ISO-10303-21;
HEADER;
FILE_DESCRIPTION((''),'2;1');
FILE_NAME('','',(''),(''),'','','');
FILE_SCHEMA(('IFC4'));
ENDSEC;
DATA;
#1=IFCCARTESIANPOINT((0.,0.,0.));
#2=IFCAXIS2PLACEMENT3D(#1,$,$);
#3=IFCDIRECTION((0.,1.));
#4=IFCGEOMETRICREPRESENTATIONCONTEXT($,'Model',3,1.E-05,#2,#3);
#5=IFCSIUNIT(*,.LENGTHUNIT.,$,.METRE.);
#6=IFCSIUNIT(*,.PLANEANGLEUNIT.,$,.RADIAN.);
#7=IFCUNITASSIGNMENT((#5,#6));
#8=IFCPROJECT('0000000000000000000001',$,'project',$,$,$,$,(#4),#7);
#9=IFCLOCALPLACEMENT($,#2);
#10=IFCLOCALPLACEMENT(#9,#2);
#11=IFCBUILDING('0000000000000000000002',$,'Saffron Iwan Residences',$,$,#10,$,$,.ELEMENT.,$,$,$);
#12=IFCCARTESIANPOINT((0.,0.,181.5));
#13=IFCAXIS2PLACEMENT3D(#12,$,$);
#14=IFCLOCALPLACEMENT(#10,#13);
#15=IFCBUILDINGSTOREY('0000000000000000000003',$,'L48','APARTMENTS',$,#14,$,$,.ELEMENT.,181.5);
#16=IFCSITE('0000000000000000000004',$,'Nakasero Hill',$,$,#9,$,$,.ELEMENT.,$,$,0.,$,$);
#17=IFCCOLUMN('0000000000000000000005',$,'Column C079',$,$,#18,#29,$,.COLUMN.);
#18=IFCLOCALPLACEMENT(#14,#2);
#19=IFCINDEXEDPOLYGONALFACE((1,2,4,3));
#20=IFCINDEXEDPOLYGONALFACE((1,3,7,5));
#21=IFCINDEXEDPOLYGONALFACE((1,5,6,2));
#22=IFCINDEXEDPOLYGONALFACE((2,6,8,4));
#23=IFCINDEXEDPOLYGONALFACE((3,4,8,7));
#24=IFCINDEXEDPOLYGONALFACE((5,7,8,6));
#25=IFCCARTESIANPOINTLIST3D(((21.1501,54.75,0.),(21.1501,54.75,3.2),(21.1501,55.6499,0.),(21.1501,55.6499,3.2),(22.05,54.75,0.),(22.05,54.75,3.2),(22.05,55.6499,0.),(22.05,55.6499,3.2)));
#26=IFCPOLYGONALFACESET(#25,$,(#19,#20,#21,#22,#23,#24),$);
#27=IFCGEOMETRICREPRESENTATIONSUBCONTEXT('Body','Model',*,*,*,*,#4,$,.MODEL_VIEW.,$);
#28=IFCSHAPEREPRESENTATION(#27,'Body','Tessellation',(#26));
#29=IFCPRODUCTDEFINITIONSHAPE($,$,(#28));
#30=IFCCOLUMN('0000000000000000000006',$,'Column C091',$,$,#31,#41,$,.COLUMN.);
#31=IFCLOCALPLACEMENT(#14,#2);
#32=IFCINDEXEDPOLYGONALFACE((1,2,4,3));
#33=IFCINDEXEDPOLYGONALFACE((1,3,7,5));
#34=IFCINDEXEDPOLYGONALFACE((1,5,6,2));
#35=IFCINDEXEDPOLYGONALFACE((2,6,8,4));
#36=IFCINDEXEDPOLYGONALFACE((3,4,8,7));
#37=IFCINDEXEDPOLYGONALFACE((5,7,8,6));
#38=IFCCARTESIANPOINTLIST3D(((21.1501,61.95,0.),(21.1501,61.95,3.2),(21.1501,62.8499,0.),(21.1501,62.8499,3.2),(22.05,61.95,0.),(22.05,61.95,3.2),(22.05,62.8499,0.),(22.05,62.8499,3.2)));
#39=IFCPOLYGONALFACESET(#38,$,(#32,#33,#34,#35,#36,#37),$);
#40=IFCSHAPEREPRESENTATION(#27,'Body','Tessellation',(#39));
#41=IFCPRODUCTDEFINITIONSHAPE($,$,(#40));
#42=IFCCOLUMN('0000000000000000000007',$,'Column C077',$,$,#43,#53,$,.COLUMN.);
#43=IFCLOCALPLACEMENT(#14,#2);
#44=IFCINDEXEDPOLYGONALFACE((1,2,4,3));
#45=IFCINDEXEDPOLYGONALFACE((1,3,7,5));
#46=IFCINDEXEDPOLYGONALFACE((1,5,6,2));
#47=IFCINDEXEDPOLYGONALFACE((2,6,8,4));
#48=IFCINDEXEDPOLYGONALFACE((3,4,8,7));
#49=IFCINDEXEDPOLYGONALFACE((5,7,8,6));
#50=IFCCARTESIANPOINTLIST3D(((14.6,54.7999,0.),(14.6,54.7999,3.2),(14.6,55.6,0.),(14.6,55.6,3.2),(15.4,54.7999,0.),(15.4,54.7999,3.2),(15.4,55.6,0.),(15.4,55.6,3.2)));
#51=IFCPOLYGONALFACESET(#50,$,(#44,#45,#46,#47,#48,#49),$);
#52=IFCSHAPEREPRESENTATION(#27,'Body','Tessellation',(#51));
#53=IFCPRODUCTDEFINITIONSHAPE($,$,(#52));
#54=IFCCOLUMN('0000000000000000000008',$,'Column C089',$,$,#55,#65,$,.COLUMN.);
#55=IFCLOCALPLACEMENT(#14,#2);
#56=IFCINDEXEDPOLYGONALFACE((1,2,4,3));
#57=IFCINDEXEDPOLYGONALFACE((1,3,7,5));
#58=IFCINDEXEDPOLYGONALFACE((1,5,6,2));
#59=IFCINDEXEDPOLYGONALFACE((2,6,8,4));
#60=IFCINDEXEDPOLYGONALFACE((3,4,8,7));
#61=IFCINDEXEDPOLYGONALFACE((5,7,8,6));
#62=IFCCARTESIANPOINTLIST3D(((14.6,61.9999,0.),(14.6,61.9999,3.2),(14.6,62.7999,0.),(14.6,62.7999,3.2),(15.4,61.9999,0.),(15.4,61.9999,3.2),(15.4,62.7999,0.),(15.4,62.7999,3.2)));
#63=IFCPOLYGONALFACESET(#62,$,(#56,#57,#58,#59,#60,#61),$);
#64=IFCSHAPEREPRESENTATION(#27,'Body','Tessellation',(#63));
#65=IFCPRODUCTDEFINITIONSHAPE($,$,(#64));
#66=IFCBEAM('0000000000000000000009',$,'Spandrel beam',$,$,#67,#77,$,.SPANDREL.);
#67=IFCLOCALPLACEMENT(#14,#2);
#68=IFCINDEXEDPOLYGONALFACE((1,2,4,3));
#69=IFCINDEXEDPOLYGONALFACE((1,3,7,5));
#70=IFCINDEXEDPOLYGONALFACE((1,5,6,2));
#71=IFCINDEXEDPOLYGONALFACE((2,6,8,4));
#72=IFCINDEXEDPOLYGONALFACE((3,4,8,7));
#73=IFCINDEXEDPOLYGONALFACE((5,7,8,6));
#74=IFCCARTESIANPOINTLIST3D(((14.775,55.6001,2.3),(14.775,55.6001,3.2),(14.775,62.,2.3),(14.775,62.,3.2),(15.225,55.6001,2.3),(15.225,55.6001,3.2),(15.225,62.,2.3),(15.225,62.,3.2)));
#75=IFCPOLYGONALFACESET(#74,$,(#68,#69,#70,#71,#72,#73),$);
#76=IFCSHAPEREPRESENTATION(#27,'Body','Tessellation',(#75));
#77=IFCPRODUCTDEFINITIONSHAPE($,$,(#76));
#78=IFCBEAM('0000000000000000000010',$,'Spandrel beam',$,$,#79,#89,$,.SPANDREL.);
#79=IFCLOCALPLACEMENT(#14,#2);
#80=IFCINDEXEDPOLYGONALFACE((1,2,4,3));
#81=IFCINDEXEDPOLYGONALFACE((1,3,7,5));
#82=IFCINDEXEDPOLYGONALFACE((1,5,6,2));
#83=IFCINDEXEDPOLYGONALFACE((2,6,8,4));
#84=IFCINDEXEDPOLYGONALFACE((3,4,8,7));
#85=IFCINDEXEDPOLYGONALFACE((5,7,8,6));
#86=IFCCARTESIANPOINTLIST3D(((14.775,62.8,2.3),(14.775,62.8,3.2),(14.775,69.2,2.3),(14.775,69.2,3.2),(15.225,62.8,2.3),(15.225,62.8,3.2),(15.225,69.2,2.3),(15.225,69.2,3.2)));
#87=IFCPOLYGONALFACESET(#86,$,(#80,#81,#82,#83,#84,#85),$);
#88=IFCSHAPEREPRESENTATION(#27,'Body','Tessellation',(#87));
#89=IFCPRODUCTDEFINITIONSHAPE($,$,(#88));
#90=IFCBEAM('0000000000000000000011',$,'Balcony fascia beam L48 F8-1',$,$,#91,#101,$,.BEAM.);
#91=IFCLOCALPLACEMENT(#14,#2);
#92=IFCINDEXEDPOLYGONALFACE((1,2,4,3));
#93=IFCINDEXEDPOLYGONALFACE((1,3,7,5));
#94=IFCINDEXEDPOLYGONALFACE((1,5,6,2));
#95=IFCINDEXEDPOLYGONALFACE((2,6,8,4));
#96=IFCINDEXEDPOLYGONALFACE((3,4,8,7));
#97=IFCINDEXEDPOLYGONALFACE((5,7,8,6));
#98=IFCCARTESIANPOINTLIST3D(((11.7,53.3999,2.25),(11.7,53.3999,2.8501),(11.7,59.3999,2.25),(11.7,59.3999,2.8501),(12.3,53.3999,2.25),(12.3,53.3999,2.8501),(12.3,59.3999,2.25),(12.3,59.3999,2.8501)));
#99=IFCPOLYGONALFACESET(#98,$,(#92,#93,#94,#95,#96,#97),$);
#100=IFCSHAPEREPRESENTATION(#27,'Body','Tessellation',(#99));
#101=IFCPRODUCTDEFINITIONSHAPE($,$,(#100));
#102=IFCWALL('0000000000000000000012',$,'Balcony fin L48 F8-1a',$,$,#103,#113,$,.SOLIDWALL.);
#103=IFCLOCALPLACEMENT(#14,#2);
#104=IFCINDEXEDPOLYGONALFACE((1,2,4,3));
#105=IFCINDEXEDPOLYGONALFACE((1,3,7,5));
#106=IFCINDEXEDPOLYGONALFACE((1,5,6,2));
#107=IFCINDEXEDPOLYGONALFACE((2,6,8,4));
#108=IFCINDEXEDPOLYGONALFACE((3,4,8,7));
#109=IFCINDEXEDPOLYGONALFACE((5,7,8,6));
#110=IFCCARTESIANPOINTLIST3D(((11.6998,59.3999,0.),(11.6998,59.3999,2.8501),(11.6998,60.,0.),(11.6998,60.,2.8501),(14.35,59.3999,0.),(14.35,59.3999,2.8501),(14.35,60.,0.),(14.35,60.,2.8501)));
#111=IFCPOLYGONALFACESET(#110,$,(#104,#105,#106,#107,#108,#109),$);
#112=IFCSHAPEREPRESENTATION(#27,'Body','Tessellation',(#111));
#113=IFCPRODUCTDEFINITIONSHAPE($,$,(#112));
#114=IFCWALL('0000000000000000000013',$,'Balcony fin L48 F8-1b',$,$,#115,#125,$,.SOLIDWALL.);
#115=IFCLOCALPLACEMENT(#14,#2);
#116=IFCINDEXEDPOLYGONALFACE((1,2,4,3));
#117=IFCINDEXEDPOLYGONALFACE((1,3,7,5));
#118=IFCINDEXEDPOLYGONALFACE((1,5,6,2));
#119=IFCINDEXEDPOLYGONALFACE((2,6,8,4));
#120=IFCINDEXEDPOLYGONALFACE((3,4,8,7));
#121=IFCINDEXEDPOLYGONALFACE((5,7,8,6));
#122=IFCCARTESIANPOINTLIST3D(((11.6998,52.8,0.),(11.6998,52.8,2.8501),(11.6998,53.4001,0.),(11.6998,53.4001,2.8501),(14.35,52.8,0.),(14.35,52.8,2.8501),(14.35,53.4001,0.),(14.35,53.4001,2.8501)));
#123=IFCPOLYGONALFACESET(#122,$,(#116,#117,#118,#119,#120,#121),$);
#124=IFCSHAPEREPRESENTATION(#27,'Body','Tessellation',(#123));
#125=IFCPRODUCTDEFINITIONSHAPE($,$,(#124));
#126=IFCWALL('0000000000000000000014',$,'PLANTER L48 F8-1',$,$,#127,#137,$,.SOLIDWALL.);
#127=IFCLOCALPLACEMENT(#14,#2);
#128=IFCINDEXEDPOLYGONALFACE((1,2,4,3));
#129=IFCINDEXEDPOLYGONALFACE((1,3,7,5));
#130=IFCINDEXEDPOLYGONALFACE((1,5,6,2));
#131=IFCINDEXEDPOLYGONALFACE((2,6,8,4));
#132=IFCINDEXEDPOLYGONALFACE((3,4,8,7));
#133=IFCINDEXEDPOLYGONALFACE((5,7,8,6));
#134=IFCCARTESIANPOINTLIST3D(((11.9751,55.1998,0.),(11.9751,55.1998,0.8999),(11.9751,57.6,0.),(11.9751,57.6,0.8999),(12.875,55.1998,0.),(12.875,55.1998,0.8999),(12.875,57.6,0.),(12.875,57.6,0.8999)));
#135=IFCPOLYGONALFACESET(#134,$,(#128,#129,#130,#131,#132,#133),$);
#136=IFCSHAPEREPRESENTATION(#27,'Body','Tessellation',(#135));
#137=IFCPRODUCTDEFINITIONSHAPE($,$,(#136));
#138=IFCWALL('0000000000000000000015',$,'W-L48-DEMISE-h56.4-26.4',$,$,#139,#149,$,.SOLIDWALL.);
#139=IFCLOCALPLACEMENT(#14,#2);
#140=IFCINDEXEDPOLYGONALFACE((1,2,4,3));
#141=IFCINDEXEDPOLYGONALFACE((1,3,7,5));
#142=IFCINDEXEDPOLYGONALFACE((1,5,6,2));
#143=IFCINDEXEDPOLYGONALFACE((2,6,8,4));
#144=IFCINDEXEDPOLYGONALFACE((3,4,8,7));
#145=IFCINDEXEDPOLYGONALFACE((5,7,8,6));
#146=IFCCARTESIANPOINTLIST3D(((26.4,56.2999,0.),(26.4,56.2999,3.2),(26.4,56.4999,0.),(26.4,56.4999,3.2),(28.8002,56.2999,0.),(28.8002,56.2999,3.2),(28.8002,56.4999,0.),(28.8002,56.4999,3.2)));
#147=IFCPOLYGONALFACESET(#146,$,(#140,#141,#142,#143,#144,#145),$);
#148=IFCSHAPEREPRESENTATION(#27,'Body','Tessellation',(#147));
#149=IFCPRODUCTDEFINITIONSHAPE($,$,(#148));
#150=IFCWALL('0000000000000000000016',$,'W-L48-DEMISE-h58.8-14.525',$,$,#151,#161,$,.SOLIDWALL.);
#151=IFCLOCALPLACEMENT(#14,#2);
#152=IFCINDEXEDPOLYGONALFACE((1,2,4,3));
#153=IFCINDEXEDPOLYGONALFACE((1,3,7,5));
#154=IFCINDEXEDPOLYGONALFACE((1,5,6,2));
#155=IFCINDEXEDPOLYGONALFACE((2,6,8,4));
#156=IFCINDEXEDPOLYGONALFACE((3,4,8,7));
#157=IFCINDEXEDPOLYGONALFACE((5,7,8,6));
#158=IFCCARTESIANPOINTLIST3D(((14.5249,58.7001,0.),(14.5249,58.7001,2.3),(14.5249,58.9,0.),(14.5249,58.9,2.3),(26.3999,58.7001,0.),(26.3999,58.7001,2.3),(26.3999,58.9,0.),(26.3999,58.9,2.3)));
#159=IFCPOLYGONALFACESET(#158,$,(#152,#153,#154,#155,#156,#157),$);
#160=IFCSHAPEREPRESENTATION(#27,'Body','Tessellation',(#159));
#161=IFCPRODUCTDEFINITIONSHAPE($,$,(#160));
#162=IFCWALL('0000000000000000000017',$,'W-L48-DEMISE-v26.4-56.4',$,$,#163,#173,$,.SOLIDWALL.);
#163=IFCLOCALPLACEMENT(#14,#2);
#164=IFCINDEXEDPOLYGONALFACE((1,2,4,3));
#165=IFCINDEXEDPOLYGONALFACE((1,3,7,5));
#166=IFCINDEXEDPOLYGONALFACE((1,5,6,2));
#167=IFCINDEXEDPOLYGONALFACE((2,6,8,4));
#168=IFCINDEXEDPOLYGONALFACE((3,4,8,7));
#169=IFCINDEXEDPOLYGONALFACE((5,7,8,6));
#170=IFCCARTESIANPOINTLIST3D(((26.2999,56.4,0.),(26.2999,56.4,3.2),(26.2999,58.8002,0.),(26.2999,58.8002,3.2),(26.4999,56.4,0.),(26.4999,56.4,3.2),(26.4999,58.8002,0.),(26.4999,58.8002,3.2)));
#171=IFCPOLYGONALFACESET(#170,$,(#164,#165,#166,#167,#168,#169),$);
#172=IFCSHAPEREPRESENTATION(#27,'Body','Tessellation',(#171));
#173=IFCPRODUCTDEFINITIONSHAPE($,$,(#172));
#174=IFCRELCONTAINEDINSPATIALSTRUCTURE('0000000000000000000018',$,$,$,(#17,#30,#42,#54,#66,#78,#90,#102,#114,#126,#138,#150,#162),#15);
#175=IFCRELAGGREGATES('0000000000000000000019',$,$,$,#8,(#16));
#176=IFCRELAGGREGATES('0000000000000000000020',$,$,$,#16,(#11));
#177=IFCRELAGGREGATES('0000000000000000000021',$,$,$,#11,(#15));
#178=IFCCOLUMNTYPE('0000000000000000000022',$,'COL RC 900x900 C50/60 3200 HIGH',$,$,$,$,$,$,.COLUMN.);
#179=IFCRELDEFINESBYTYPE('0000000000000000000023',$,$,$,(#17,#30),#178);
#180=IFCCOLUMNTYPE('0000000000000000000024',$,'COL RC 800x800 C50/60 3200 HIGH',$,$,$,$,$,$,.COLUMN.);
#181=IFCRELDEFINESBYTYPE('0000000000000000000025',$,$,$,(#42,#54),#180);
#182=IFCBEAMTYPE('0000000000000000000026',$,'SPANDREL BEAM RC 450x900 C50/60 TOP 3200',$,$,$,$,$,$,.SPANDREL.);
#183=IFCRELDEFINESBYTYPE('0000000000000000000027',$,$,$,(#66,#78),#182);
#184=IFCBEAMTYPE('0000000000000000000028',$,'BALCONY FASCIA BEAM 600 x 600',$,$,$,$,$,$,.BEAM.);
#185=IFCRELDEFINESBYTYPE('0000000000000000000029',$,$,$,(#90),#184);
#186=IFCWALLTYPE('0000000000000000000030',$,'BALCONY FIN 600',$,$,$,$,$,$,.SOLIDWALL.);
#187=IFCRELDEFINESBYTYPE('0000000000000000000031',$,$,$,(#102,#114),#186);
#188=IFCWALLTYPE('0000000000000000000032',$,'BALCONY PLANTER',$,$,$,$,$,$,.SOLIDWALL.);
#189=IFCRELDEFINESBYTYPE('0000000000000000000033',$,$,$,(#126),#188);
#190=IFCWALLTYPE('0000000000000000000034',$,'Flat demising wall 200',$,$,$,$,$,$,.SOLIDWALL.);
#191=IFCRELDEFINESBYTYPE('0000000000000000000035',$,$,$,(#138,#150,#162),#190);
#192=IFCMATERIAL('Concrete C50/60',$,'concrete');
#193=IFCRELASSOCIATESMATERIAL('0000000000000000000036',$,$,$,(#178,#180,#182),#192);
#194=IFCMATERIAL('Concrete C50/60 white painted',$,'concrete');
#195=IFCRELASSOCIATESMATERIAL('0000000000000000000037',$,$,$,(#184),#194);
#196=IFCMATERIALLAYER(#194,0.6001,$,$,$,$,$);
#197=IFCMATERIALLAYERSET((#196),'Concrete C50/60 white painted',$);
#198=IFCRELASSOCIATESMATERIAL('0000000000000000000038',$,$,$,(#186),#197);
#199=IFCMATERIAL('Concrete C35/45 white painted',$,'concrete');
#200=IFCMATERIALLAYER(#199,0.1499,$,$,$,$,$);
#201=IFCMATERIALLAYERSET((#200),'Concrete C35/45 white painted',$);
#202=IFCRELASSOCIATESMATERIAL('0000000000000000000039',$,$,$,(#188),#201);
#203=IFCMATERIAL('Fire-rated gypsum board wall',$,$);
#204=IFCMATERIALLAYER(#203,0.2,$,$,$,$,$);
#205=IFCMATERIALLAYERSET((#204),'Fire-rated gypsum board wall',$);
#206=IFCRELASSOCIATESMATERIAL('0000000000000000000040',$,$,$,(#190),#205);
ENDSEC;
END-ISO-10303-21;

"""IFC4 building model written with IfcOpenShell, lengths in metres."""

from ifc_helpers import new_model, si_unit, direction, frame, frame_2d, origin, origin_2d, place, context, subcontext, project, spatial, rectangle, extrude, source, transform, mapped, material, layer, layer_set, material_profile, profile_set, type_object, element, save


model = new_model("IFC4")

# Units and contexts
model_context = context("Model", 3, precision=1e-05, world=origin(), true_north=direction((0.0, 1.0)))
body_context = subcontext(model_context, "Body", "Model", "MODEL_VIEW")
ifc_project = project(units=[si_unit("LENGTHUNIT", "METRE"), si_unit("PLANEANGLEUNIT", "RADIAN")], contexts=[model_context])

# Site, building, storey
site_placement = place(None, origin())
site = spatial("IfcSite", under=ifc_project, at=site_placement, Name="Nakasero Hill", CompositionType="ELEMENT", RefElevation=0.0)
building_placement = place(site_placement, origin())
building = spatial("IfcBuilding", under=site, at=building_placement, Name="Saffron Iwan Residences", CompositionType="ELEMENT")
storey_placement = place(building_placement, frame((0.0, 0.0, 181.5)))
storey = spatial("IfcBuildingStorey", under=building, at=storey_placement, Name="L48", Description="APARTMENTS", CompositionType="ELEMENT", Elevation=181.5)

# Columns
ifc_material_1 = material(Name="Concrete C50/60", Category="concrete")
ifc_material_profile_1 = material_profile(ifc_material_1, rectangle(XDim=0.8999, YDim=0.8999, at=origin_2d()), Name="RC 900x900")
ifc_profile_set_1 = profile_set([ifc_material_profile_1], Name="Concrete C50/60")
column_type_1 = type_object("IfcColumnType", Name="COL RC 900x900 C50/60 3200 HIGH", PredefinedType="COLUMN", material=ifc_profile_set_1)
shared_shape_1 = source(origin(), body_context, "Body", "SweptSolid", [
    extrude(rectangle(XDim=0.8999, YDim=0.8999, at=origin_2d()), origin(), (0.0, 0.0, 1.0), 3.2),
])
for number, where, z_axis, x_axis, name in (
    (1, (21.6001, 55.2, 0.0), (0.0, 0.0, 1.0), (1.0, 0.0, 0.0), "Column C079"),
    (2, (21.6001, 62.3999, 0.0), (0.0, 0.0, 1.0), (1.0, 0.0, 0.0), "Column C091"),
):
    element("IfcColumn", number, at=place(storey_placement, frame(where, z_axis=z_axis, x_axis=x_axis)), inside=storey, type_object=column_type_1, Name=name, PredefinedType="COLUMN", context=body_context, shape_type="MappedRepresentation", body=[
        mapped(shared_shape_1, transform((0.0, 0.0, 0.0))),
    ])
ifc_material_profile_2 = material_profile(ifc_material_1, rectangle(XDim=0.8, YDim=0.8, at=origin_2d()), Name="RC 800x800")
ifc_profile_set_2 = profile_set([ifc_material_profile_2], Name="Concrete C50/60")
column_type_2 = type_object("IfcColumnType", Name="COL RC 800x800 C50/60 3200 HIGH", PredefinedType="COLUMN", material=ifc_profile_set_2)
shared_shape_2 = source(origin(), body_context, "Body", "SweptSolid", [
    extrude(rectangle(XDim=0.8, YDim=0.8, at=origin_2d()), origin(), (0.0, 0.0, 1.0), 3.2),
])
for number, where, z_axis, x_axis, name in (
    (3, (15.0, 55.2, 0.0), (0.0, 0.0, 1.0), (1.0, 0.0, 0.0), "Column C077"),
    (4, (15.0, 62.3999, 0.0), (0.0, 0.0, 1.0), (1.0, 0.0, 0.0), "Column C089"),
):
    element("IfcColumn", number, at=place(storey_placement, frame(where, z_axis=z_axis, x_axis=x_axis)), inside=storey, type_object=column_type_2, Name=name, PredefinedType="COLUMN", context=body_context, shape_type="MappedRepresentation", body=[
        mapped(shared_shape_2, transform((0.0, 0.0, 0.0))),
    ])

# Beams
ifc_material_profile_3 = material_profile(ifc_material_1, rectangle(XDim=0.45, YDim=0.8999, at=origin_2d()), Name="RC 450x900")
ifc_profile_set_3 = profile_set([ifc_material_profile_3], Name="Concrete C50/60")
beam_type_1 = type_object("IfcBeamType", Name="SPANDREL BEAM RC 450x900 C50/60 TOP 3200", PredefinedType="SPANDREL", material=ifc_profile_set_3)
shared_shape_3 = source(origin(), body_context, "Body", "SweptSolid", [
    extrude(rectangle(XDim=0.45, YDim=0.8999, at=origin_2d()), origin(), (0.0, 0.0, 1.0), 6.3999),
])
for number, where, z_axis, x_axis, name in (
    (5, (15.0, 55.6001, 2.75), (0.0, 1.0, 0.0), (-1.0, 0.0, 0.0), "Spandrel beam"),
    (6, (15.0, 62.8, 2.75), (0.0, 1.0, 0.0), (-1.0, 0.0, 0.0), "Spandrel beam"),
):
    element("IfcBeam", number, at=place(storey_placement, frame(where, z_axis=z_axis, x_axis=x_axis)), inside=storey, type_object=beam_type_1, Name=name, PredefinedType="SPANDREL", context=body_context, shape_type="MappedRepresentation", body=[
        mapped(shared_shape_3, transform((0.0, 0.0, 0.0))),
    ])
ifc_material_2 = material(Name="Concrete C50/60 white painted", Category="concrete")
ifc_material_profile_4 = material_profile(ifc_material_2, rectangle(XDim=0.6001, YDim=0.6001, at=origin_2d()), Name="BALCONY FASCIA BEAM 600 x 600")
ifc_profile_set_4 = profile_set([ifc_material_profile_4], Name="Concrete C50/60 white painted")
beam_type_2 = type_object("IfcBeamType", Name="BALCONY FASCIA BEAM 600 x 600", PredefinedType="BEAM", material=ifc_profile_set_4)
shared_shape_4 = source(origin(), body_context, "Body", "SweptSolid", [
    extrude(rectangle(XDim=0.6001, YDim=0.6001, at=origin_2d()), origin(), (0.0, 0.0, 1.0), 6.0),
])
beam_placement = place(storey_placement, frame((12.0, 59.3999, 2.55), z_axis=(0.0, -1.0, 0.0), x_axis=(1.0, 0.0, 0.0)))
element("IfcBeam", 7, at=beam_placement, inside=storey, type_object=beam_type_2, Name="Balcony fascia beam L48 F8-1", PredefinedType="BEAM", context=body_context, shape_type="MappedRepresentation", body=[
    mapped(shared_shape_4, transform((0.0, 0.0, 0.0))),
])

# Walls
ifc_layer_1 = layer(ifc_material_2, 0.6001)
ifc_layer_set_1 = layer_set([ifc_layer_1], Name="Concrete C50/60 white painted")
wall_type_1 = type_object("IfcWallType", Name="BALCONY FIN 600", PredefinedType="SOLIDWALL", material=ifc_layer_set_1)
for number, where, z_axis, x_axis, name in (
    (8, (14.3501, 59.7, 0.0), (0.0, 0.0, 1.0), (-1.0, 0.0, 0.0), "Balcony fin L48 F8-1a"),
    (9, (14.3501, 53.1001, 0.0), (0.0, 0.0, 1.0), (-1.0, 0.0, 0.0), "Balcony fin L48 F8-1b"),
):
    element("IfcWall", number, at=place(storey_placement, frame(where, z_axis=z_axis, x_axis=x_axis)), inside=storey, type_object=wall_type_1, Name=name, PredefinedType="SOLIDWALL", context=body_context, shape_type="SweptSolid", body=[
        extrude(rectangle(XDim=2.6501, YDim=0.6001, at=frame_2d((1.3252, 0.0))), origin(), (0.0, 0.0, 1.0), 2.8501),
    ])
ifc_material_3 = material(Name="Concrete C35/45 white painted", Category="concrete")
ifc_layer_2 = layer(ifc_material_3, 0.1499)
ifc_layer_set_2 = layer_set([ifc_layer_2], Name="Concrete C35/45 white painted")
wall_type_2 = type_object("IfcWallType", Name="BALCONY PLANTER", PredefinedType="SOLIDWALL", material=ifc_layer_set_2)
wall_1_placement = place(storey_placement, frame((12.425, 57.6001, 0.0), z_axis=(0.0, 0.0, 1.0), x_axis=(0.0, -1.0, 0.0)))
element("IfcWall", 10, at=wall_1_placement, inside=storey, type_object=wall_type_2, Name="PLANTER L48 F8-1", PredefinedType="SOLIDWALL", context=body_context, shape_type="SweptSolid", body=[
    extrude(rectangle(XDim=2.4001, YDim=0.8999, at=frame_2d((1.2002, 0.0))), origin(), (0.0, 0.0, 1.0), 0.8999),
])
ifc_material_4 = material(Name="Fire-rated gypsum board wall")
ifc_layer_3 = layer(ifc_material_4, 0.2)
ifc_layer_set_3 = layer_set([ifc_layer_3], Name="Fire-rated gypsum board wall")
wall_type_3 = type_object("IfcWallType", Name="Flat demising wall 200", PredefinedType="SOLIDWALL", material=ifc_layer_set_3)
wall_2_placement = place(storey_placement, frame((26.3999, 56.3999, 0.0), z_axis=(0.0, 0.0, 1.0), x_axis=(1.0, 0.0, 0.0)))
element("IfcWall", 11, at=wall_2_placement, inside=storey, type_object=wall_type_3, Name="W-L48-DEMISE-h56.4-26.4", PredefinedType="SOLIDWALL", context=body_context, shape_type="SweptSolid", body=[
    extrude(rectangle(XDim=2.4001, YDim=0.2, at=frame_2d((1.2002, 0.0))), origin(), (0.0, 0.0, 1.0), 3.2),
])
wall_3_placement = place(storey_placement, frame((14.5249, 58.8, 0.0), z_axis=(0.0, 0.0, 1.0), x_axis=(1.0, 0.0, 0.0)))
element("IfcWall", 12, at=wall_3_placement, inside=storey, type_object=wall_type_3, Name="W-L48-DEMISE-h58.8-14.525", PredefinedType="SOLIDWALL", context=body_context, shape_type="SweptSolid", body=[
    extrude(rectangle(XDim=11.875, YDim=0.2, at=frame_2d((5.9375, 0.0))), origin(), (0.0, 0.0, 1.0), 2.3),
])
wall_4_placement = place(storey_placement, frame((26.3999, 56.3999, 0.0), z_axis=(0.0, 0.0, 1.0), x_axis=(0.0, 1.0, 0.0)))
element("IfcWall", 13, at=wall_4_placement, inside=storey, type_object=wall_type_3, Name="W-L48-DEMISE-v26.4-56.4", PredefinedType="SOLIDWALL", context=body_context, shape_type="SweptSolid", body=[
    extrude(rectangle(XDim=2.4001, YDim=0.2, at=frame_2d((1.2002, 0.0))), origin(), (0.0, 0.0, 1.0), 3.2),
])

save(model, "model.ifc")
